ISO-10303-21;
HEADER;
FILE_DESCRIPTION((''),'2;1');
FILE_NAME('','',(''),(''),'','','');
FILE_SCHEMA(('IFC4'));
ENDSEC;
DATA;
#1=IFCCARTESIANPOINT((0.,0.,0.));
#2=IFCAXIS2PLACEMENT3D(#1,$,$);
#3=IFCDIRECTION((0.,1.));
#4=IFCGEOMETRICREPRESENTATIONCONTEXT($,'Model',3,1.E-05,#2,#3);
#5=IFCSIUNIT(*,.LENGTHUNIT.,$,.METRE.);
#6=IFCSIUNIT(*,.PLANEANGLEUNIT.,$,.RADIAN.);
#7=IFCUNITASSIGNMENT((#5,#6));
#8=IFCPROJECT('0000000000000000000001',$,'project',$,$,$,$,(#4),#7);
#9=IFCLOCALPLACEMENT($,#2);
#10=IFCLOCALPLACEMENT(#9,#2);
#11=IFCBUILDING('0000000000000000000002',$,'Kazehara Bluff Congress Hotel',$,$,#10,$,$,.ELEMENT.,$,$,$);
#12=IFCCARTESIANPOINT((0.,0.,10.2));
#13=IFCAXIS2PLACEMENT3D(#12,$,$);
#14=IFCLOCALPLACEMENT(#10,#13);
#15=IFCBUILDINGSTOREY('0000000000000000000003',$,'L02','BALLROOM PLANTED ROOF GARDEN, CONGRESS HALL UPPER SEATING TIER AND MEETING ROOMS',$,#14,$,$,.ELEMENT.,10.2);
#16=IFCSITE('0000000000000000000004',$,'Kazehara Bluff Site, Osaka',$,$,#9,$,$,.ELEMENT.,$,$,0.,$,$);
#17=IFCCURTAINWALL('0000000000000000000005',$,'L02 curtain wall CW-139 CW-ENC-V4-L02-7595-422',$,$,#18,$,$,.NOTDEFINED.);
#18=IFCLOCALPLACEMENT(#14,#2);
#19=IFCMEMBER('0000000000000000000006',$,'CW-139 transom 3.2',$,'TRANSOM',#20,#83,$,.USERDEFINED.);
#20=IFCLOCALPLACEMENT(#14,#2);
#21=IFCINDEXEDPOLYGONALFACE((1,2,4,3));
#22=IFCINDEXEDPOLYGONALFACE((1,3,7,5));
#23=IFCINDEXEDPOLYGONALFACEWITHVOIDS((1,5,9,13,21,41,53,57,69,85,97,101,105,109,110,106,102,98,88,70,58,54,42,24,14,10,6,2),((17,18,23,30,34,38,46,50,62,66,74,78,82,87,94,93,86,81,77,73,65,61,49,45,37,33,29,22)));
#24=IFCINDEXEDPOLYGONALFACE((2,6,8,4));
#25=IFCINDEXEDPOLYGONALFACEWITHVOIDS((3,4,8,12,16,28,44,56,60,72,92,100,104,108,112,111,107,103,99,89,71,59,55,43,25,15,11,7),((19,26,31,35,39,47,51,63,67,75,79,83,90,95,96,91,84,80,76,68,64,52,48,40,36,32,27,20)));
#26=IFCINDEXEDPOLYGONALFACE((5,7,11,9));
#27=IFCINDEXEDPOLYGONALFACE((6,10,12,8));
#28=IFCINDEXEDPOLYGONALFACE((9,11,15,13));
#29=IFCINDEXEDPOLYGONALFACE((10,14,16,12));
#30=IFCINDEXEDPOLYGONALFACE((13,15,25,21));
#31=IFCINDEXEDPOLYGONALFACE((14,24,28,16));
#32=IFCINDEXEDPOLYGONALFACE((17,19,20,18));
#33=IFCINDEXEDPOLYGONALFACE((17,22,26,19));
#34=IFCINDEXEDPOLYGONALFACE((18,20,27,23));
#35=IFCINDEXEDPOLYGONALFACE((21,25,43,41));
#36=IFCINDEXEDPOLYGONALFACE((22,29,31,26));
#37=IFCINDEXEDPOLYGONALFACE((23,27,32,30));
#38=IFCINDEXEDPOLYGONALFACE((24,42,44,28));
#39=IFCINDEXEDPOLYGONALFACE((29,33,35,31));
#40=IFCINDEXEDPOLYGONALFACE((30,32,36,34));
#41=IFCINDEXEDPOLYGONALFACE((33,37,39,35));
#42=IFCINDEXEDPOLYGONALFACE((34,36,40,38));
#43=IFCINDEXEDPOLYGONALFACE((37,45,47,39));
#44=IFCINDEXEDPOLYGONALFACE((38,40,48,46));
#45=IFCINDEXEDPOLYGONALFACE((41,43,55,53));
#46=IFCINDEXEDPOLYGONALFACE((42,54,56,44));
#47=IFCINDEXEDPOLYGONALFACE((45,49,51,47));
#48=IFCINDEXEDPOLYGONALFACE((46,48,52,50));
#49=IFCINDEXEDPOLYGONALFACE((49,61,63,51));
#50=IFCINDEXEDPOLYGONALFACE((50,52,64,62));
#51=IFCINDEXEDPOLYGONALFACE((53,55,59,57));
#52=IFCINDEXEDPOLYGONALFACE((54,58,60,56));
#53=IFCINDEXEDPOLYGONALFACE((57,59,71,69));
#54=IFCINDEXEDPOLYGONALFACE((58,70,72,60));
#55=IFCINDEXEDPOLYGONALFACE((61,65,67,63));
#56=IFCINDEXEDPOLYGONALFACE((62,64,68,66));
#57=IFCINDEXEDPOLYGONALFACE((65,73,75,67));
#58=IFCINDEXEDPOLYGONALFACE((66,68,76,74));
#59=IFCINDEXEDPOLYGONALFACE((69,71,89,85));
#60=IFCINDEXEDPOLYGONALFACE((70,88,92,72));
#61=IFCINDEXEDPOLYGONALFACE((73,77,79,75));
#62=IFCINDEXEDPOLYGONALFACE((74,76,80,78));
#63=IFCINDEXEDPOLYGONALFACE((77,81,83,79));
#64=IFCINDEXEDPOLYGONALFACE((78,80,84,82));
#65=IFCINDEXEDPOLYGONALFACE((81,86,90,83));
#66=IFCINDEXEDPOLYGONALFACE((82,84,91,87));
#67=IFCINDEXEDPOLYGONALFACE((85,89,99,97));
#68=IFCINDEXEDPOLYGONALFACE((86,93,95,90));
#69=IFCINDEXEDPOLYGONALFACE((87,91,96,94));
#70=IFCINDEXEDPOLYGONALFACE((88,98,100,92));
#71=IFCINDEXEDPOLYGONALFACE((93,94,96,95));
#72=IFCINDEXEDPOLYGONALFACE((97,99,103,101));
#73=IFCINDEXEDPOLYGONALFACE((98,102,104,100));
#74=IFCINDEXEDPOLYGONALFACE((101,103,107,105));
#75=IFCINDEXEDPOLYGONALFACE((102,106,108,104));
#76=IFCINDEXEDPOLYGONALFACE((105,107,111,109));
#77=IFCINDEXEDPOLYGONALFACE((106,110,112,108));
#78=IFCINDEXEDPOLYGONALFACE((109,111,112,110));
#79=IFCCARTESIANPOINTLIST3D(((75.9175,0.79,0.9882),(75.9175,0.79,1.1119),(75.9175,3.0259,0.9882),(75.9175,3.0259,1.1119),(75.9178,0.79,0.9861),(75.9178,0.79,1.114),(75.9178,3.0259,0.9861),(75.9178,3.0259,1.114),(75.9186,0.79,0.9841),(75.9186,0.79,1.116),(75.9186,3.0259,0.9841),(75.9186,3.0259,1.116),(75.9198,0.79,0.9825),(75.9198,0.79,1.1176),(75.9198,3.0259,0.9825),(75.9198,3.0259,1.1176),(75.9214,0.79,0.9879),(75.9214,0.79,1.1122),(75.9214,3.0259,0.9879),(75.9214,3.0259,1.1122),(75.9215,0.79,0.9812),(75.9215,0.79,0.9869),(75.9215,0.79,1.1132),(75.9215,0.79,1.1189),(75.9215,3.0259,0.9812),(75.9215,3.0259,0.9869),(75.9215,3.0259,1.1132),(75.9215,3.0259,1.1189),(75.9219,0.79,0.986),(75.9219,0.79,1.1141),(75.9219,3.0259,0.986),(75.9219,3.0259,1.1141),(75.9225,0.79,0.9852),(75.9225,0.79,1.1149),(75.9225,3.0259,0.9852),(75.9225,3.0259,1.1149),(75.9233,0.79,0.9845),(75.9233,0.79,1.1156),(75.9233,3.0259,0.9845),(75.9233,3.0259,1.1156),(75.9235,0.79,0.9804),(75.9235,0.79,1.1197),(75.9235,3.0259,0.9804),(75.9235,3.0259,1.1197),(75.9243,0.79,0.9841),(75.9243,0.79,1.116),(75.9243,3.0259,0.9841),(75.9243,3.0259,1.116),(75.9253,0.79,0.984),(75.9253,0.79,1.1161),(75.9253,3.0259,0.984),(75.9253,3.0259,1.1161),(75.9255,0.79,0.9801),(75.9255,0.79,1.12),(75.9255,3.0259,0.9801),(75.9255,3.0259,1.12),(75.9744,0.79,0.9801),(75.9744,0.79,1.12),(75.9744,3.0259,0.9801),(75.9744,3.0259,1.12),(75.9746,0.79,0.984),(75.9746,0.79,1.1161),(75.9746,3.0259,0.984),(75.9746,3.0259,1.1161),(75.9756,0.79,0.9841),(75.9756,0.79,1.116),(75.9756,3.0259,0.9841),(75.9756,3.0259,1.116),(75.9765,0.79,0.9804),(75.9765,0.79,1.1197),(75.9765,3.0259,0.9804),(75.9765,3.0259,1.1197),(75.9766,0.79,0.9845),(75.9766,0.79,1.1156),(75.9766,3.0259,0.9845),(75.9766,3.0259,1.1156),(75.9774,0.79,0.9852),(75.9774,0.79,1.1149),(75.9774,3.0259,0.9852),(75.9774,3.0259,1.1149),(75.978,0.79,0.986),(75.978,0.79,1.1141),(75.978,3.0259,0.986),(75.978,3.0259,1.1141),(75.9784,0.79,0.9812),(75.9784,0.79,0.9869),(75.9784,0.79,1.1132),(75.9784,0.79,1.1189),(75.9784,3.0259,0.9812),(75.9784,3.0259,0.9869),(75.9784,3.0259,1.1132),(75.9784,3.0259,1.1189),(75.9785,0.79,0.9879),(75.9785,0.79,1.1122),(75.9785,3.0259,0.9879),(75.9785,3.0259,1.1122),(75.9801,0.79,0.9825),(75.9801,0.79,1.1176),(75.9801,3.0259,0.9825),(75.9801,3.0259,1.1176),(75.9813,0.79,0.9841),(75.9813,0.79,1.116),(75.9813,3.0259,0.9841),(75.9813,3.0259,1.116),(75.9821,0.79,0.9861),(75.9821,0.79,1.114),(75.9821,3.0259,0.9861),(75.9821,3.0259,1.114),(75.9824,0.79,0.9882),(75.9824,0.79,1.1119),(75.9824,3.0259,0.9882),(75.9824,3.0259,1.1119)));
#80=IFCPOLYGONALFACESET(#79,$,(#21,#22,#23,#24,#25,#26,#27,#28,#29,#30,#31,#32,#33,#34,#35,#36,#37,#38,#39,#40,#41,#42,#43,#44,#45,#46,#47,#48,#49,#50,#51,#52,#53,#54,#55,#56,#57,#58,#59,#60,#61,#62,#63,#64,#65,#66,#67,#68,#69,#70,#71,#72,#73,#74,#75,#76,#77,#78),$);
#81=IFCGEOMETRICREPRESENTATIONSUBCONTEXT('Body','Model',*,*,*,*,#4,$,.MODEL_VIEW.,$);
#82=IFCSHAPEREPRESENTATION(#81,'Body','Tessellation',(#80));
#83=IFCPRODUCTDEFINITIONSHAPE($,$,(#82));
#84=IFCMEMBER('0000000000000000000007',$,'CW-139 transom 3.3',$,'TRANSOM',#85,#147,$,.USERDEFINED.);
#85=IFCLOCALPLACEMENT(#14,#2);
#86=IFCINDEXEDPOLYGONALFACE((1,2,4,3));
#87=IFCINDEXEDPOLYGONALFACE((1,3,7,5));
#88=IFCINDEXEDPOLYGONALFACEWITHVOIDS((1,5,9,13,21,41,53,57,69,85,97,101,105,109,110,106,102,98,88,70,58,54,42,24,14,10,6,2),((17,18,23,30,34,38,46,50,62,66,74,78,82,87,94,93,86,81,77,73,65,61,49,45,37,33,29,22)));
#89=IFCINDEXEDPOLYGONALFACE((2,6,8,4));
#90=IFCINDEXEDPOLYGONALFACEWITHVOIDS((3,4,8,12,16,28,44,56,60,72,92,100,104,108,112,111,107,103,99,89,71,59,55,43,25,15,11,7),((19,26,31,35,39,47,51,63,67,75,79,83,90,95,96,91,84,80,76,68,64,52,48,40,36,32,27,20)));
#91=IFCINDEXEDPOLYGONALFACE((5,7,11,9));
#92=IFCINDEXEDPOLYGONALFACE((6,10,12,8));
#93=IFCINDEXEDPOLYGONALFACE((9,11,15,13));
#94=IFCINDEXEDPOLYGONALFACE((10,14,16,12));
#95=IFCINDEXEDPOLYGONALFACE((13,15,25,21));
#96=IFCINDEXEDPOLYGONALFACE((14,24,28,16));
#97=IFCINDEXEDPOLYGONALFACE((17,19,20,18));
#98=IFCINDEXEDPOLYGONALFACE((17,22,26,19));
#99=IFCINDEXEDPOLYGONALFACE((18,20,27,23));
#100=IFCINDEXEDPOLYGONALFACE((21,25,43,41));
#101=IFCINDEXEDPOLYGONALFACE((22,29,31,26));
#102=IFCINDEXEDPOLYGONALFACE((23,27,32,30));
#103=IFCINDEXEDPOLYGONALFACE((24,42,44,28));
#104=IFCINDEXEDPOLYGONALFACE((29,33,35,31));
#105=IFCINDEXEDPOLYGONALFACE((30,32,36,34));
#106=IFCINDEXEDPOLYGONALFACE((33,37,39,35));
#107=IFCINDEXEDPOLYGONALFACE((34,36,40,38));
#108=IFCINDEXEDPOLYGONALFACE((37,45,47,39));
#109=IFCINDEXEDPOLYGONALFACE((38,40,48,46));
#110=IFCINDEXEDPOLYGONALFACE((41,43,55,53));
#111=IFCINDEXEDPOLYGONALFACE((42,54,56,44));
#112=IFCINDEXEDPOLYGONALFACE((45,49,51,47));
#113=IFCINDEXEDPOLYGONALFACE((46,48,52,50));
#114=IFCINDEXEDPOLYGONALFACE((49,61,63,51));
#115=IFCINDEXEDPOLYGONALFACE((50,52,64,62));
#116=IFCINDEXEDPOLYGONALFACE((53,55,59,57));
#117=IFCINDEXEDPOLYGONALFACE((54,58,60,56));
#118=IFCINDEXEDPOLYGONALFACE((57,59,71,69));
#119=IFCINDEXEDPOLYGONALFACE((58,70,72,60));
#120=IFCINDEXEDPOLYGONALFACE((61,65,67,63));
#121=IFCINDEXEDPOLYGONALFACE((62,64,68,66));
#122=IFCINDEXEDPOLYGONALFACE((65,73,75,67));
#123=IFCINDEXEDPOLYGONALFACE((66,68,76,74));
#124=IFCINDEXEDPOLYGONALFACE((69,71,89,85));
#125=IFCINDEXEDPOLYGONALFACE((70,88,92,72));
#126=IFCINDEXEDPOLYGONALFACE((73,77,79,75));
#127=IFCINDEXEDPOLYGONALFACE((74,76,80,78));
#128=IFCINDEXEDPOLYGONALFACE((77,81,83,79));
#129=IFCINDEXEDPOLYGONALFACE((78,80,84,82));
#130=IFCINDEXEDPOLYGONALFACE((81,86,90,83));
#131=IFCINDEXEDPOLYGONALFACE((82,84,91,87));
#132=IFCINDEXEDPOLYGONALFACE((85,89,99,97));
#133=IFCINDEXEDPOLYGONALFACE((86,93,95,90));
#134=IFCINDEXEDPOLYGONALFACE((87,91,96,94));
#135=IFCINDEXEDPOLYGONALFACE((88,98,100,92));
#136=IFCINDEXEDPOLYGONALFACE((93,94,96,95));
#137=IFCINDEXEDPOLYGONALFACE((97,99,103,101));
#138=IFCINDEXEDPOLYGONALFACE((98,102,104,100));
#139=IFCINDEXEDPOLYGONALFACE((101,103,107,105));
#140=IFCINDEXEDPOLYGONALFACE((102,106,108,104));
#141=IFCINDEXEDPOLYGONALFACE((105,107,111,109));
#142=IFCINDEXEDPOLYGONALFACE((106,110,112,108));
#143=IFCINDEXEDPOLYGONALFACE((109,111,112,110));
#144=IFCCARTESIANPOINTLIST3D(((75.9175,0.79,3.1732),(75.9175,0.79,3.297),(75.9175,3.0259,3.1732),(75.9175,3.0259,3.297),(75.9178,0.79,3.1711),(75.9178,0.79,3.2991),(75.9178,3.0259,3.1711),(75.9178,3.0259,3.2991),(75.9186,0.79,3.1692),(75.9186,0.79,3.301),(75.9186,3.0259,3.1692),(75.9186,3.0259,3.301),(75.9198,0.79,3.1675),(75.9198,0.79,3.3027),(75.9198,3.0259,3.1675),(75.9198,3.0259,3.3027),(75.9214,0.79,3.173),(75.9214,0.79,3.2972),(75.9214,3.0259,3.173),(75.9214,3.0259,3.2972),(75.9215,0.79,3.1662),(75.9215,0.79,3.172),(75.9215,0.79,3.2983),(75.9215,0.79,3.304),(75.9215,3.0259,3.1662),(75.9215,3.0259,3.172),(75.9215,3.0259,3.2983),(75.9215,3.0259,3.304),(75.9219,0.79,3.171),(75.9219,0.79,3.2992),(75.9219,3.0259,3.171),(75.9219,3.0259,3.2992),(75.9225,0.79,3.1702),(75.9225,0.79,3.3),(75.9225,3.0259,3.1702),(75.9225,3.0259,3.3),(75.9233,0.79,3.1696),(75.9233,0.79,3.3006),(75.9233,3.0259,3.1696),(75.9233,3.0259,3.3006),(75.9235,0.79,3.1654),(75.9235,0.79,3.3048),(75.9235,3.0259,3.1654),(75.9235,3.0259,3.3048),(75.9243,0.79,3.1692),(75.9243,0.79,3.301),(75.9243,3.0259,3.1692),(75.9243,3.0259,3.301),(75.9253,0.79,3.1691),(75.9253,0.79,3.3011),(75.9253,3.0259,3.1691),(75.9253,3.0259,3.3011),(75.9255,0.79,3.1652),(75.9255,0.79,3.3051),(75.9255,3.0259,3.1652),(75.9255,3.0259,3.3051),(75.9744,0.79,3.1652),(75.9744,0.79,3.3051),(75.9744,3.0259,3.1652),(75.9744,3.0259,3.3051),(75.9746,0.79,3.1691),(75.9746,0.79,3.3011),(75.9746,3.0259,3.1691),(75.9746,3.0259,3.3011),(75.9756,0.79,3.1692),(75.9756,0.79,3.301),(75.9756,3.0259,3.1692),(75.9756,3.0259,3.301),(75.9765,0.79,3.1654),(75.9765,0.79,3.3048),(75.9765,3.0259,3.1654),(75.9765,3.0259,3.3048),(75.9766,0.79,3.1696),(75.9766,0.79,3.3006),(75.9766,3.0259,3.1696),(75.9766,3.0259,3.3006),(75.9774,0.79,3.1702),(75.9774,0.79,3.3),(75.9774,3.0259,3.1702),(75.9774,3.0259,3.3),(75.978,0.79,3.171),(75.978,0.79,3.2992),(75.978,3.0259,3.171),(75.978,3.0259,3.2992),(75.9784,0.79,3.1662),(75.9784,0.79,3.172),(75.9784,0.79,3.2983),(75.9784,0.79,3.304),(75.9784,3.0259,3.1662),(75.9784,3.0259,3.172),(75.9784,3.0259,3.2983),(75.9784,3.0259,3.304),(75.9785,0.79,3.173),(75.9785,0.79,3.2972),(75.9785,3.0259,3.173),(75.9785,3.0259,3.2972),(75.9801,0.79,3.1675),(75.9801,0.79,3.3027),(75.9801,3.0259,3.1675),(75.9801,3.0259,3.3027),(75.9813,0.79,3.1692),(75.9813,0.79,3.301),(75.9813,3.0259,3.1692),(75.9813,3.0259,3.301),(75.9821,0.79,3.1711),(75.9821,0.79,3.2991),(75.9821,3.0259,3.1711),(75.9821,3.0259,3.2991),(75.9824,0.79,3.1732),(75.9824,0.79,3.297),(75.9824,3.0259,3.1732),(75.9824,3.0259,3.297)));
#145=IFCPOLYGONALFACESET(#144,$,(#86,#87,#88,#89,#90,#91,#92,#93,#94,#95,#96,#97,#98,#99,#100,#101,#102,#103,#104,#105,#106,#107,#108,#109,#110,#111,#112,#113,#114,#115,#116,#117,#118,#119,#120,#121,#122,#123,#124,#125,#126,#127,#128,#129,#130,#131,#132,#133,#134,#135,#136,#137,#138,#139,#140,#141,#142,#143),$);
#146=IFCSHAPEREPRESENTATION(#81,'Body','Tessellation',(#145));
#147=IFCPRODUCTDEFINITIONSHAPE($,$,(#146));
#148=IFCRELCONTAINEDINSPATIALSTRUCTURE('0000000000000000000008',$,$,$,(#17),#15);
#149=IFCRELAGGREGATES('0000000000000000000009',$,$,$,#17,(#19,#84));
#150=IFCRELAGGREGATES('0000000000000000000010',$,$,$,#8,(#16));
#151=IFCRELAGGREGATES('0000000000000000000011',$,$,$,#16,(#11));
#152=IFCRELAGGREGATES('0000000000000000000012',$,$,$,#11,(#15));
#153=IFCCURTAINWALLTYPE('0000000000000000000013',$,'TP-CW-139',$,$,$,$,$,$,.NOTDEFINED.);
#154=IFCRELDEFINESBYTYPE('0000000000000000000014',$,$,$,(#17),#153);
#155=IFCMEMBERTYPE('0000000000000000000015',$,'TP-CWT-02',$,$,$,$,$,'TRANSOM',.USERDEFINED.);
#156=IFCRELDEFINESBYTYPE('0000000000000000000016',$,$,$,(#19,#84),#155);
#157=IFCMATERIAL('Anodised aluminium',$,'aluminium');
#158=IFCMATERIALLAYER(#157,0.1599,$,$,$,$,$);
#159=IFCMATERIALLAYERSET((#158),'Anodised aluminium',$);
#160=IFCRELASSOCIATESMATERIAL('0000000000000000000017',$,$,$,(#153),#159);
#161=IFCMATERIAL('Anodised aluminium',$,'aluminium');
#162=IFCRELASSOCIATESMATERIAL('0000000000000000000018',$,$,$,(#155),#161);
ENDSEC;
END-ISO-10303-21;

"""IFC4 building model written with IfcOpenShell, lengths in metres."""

from ifc_helpers import new_model, si_unit, direction, frame, origin, origin_2d, place, context, subcontext, project, spatial, hollow_rectangle, extrude, material, layer, layer_set, material_profile, profile_set, type_object, element, aggregate, save


model = new_model("IFC4")

# Units and contexts
model_context = context("Model", 3, precision=1e-05, world=origin(), true_north=direction((0.0, 1.0)))
body_context = subcontext(model_context, "Body", "Model", "MODEL_VIEW")
ifc_project = project(units=[si_unit("LENGTHUNIT", "METRE"), si_unit("PLANEANGLEUNIT", "RADIAN")], contexts=[model_context])

# Site, building, storey
site_placement = place(None, origin())
site = spatial("IfcSite", under=ifc_project, at=site_placement, Name="Kazehara Bluff Site, Osaka", CompositionType="ELEMENT", RefElevation=0.0)
building_placement = place(site_placement, origin())
building = spatial("IfcBuilding", under=site, at=building_placement, Name="Kazehara Bluff Congress Hotel", CompositionType="ELEMENT")
storey_placement = place(building_placement, frame((0.0, 0.0, 10.2)))
storey = spatial("IfcBuildingStorey", under=building, at=storey_placement, Name="L02", Description="BALLROOM PLANTED ROOF GARDEN, CONGRESS HALL UPPER SEATING TIER AND MEETING ROOMS", CompositionType="ELEMENT", Elevation=10.2)

# Curtain wall, members
ifc_material_1 = material(Name="Anodised aluminium", Category="aluminium")
ifc_layer_1 = layer(ifc_material_1, 0.1599)
ifc_layer_set_1 = layer_set([ifc_layer_1], Name="Anodised aluminium")
curtain_wall_type = type_object("IfcCurtainWallType", Name="TP-CW-139", PredefinedType="NOTDEFINED", material=ifc_layer_set_1)
curtain_wall_placement = place(storey_placement, origin())
curtain_wall = element("IfcCurtainWall", 1, at=curtain_wall_placement, inside=storey, type_object=curtain_wall_type, Name="L02 curtain wall CW-139 CW-ENC-V4-L02-7595-422", PredefinedType="NOTDEFINED")
ifc_material_2 = material(Name="Anodised aluminium", Category="aluminium")
ifc_material_profile_1 = material_profile(ifc_material_2, hollow_rectangle(XDim=0.0649, YDim=0.1399, WallThickness=0.0039, InnerFilletRadius=0.0039, OuterFilletRadius=0.0081, at=origin_2d()))
ifc_profile_set_1 = profile_set([ifc_material_profile_1], Name="Anodised aluminium")
member_type_1 = type_object("IfcMemberType", Name="TP-CWT-02", ElementType="TRANSOM", PredefinedType="USERDEFINED", material=ifc_profile_set_1)
member_1_placement = place(storey_placement, frame((75.95, 3.0259, 1.05), z_axis=(0.0, -1.0, 0.0), x_axis=(1.0, 0.0, 0.0)))
member_1 = element("IfcMember", 2, at=member_1_placement, type_object=member_type_1, Name="CW-139 transom 3.2", ObjectType="TRANSOM", PredefinedType="USERDEFINED", context=body_context, shape_type="SweptSolid", body=[
    extrude(hollow_rectangle(XDim=0.0649, YDim=0.1399, WallThickness=0.0039, InnerFilletRadius=0.0039, OuterFilletRadius=0.0081, at=origin_2d()), origin(), (0.0, 0.0, 1.0), 2.2358),
])
member_2_placement = place(storey_placement, frame((75.95, 3.0259, 3.2351), z_axis=(0.0, -1.0, 0.0), x_axis=(1.0, 0.0, 0.0)))
member_2 = element("IfcMember", 3, at=member_2_placement, type_object=member_type_1, Name="CW-139 transom 3.3", ObjectType="TRANSOM", PredefinedType="USERDEFINED", context=body_context, shape_type="SweptSolid", body=[
    extrude(hollow_rectangle(XDim=0.0649, YDim=0.1399, WallThickness=0.0039, InnerFilletRadius=0.0039, OuterFilletRadius=0.0081, at=origin_2d()), origin(), (0.0, 0.0, 1.0), 2.2358),
])

aggregate(curtain_wall, [member_1, member_2])

save(model, "model.ifc")
